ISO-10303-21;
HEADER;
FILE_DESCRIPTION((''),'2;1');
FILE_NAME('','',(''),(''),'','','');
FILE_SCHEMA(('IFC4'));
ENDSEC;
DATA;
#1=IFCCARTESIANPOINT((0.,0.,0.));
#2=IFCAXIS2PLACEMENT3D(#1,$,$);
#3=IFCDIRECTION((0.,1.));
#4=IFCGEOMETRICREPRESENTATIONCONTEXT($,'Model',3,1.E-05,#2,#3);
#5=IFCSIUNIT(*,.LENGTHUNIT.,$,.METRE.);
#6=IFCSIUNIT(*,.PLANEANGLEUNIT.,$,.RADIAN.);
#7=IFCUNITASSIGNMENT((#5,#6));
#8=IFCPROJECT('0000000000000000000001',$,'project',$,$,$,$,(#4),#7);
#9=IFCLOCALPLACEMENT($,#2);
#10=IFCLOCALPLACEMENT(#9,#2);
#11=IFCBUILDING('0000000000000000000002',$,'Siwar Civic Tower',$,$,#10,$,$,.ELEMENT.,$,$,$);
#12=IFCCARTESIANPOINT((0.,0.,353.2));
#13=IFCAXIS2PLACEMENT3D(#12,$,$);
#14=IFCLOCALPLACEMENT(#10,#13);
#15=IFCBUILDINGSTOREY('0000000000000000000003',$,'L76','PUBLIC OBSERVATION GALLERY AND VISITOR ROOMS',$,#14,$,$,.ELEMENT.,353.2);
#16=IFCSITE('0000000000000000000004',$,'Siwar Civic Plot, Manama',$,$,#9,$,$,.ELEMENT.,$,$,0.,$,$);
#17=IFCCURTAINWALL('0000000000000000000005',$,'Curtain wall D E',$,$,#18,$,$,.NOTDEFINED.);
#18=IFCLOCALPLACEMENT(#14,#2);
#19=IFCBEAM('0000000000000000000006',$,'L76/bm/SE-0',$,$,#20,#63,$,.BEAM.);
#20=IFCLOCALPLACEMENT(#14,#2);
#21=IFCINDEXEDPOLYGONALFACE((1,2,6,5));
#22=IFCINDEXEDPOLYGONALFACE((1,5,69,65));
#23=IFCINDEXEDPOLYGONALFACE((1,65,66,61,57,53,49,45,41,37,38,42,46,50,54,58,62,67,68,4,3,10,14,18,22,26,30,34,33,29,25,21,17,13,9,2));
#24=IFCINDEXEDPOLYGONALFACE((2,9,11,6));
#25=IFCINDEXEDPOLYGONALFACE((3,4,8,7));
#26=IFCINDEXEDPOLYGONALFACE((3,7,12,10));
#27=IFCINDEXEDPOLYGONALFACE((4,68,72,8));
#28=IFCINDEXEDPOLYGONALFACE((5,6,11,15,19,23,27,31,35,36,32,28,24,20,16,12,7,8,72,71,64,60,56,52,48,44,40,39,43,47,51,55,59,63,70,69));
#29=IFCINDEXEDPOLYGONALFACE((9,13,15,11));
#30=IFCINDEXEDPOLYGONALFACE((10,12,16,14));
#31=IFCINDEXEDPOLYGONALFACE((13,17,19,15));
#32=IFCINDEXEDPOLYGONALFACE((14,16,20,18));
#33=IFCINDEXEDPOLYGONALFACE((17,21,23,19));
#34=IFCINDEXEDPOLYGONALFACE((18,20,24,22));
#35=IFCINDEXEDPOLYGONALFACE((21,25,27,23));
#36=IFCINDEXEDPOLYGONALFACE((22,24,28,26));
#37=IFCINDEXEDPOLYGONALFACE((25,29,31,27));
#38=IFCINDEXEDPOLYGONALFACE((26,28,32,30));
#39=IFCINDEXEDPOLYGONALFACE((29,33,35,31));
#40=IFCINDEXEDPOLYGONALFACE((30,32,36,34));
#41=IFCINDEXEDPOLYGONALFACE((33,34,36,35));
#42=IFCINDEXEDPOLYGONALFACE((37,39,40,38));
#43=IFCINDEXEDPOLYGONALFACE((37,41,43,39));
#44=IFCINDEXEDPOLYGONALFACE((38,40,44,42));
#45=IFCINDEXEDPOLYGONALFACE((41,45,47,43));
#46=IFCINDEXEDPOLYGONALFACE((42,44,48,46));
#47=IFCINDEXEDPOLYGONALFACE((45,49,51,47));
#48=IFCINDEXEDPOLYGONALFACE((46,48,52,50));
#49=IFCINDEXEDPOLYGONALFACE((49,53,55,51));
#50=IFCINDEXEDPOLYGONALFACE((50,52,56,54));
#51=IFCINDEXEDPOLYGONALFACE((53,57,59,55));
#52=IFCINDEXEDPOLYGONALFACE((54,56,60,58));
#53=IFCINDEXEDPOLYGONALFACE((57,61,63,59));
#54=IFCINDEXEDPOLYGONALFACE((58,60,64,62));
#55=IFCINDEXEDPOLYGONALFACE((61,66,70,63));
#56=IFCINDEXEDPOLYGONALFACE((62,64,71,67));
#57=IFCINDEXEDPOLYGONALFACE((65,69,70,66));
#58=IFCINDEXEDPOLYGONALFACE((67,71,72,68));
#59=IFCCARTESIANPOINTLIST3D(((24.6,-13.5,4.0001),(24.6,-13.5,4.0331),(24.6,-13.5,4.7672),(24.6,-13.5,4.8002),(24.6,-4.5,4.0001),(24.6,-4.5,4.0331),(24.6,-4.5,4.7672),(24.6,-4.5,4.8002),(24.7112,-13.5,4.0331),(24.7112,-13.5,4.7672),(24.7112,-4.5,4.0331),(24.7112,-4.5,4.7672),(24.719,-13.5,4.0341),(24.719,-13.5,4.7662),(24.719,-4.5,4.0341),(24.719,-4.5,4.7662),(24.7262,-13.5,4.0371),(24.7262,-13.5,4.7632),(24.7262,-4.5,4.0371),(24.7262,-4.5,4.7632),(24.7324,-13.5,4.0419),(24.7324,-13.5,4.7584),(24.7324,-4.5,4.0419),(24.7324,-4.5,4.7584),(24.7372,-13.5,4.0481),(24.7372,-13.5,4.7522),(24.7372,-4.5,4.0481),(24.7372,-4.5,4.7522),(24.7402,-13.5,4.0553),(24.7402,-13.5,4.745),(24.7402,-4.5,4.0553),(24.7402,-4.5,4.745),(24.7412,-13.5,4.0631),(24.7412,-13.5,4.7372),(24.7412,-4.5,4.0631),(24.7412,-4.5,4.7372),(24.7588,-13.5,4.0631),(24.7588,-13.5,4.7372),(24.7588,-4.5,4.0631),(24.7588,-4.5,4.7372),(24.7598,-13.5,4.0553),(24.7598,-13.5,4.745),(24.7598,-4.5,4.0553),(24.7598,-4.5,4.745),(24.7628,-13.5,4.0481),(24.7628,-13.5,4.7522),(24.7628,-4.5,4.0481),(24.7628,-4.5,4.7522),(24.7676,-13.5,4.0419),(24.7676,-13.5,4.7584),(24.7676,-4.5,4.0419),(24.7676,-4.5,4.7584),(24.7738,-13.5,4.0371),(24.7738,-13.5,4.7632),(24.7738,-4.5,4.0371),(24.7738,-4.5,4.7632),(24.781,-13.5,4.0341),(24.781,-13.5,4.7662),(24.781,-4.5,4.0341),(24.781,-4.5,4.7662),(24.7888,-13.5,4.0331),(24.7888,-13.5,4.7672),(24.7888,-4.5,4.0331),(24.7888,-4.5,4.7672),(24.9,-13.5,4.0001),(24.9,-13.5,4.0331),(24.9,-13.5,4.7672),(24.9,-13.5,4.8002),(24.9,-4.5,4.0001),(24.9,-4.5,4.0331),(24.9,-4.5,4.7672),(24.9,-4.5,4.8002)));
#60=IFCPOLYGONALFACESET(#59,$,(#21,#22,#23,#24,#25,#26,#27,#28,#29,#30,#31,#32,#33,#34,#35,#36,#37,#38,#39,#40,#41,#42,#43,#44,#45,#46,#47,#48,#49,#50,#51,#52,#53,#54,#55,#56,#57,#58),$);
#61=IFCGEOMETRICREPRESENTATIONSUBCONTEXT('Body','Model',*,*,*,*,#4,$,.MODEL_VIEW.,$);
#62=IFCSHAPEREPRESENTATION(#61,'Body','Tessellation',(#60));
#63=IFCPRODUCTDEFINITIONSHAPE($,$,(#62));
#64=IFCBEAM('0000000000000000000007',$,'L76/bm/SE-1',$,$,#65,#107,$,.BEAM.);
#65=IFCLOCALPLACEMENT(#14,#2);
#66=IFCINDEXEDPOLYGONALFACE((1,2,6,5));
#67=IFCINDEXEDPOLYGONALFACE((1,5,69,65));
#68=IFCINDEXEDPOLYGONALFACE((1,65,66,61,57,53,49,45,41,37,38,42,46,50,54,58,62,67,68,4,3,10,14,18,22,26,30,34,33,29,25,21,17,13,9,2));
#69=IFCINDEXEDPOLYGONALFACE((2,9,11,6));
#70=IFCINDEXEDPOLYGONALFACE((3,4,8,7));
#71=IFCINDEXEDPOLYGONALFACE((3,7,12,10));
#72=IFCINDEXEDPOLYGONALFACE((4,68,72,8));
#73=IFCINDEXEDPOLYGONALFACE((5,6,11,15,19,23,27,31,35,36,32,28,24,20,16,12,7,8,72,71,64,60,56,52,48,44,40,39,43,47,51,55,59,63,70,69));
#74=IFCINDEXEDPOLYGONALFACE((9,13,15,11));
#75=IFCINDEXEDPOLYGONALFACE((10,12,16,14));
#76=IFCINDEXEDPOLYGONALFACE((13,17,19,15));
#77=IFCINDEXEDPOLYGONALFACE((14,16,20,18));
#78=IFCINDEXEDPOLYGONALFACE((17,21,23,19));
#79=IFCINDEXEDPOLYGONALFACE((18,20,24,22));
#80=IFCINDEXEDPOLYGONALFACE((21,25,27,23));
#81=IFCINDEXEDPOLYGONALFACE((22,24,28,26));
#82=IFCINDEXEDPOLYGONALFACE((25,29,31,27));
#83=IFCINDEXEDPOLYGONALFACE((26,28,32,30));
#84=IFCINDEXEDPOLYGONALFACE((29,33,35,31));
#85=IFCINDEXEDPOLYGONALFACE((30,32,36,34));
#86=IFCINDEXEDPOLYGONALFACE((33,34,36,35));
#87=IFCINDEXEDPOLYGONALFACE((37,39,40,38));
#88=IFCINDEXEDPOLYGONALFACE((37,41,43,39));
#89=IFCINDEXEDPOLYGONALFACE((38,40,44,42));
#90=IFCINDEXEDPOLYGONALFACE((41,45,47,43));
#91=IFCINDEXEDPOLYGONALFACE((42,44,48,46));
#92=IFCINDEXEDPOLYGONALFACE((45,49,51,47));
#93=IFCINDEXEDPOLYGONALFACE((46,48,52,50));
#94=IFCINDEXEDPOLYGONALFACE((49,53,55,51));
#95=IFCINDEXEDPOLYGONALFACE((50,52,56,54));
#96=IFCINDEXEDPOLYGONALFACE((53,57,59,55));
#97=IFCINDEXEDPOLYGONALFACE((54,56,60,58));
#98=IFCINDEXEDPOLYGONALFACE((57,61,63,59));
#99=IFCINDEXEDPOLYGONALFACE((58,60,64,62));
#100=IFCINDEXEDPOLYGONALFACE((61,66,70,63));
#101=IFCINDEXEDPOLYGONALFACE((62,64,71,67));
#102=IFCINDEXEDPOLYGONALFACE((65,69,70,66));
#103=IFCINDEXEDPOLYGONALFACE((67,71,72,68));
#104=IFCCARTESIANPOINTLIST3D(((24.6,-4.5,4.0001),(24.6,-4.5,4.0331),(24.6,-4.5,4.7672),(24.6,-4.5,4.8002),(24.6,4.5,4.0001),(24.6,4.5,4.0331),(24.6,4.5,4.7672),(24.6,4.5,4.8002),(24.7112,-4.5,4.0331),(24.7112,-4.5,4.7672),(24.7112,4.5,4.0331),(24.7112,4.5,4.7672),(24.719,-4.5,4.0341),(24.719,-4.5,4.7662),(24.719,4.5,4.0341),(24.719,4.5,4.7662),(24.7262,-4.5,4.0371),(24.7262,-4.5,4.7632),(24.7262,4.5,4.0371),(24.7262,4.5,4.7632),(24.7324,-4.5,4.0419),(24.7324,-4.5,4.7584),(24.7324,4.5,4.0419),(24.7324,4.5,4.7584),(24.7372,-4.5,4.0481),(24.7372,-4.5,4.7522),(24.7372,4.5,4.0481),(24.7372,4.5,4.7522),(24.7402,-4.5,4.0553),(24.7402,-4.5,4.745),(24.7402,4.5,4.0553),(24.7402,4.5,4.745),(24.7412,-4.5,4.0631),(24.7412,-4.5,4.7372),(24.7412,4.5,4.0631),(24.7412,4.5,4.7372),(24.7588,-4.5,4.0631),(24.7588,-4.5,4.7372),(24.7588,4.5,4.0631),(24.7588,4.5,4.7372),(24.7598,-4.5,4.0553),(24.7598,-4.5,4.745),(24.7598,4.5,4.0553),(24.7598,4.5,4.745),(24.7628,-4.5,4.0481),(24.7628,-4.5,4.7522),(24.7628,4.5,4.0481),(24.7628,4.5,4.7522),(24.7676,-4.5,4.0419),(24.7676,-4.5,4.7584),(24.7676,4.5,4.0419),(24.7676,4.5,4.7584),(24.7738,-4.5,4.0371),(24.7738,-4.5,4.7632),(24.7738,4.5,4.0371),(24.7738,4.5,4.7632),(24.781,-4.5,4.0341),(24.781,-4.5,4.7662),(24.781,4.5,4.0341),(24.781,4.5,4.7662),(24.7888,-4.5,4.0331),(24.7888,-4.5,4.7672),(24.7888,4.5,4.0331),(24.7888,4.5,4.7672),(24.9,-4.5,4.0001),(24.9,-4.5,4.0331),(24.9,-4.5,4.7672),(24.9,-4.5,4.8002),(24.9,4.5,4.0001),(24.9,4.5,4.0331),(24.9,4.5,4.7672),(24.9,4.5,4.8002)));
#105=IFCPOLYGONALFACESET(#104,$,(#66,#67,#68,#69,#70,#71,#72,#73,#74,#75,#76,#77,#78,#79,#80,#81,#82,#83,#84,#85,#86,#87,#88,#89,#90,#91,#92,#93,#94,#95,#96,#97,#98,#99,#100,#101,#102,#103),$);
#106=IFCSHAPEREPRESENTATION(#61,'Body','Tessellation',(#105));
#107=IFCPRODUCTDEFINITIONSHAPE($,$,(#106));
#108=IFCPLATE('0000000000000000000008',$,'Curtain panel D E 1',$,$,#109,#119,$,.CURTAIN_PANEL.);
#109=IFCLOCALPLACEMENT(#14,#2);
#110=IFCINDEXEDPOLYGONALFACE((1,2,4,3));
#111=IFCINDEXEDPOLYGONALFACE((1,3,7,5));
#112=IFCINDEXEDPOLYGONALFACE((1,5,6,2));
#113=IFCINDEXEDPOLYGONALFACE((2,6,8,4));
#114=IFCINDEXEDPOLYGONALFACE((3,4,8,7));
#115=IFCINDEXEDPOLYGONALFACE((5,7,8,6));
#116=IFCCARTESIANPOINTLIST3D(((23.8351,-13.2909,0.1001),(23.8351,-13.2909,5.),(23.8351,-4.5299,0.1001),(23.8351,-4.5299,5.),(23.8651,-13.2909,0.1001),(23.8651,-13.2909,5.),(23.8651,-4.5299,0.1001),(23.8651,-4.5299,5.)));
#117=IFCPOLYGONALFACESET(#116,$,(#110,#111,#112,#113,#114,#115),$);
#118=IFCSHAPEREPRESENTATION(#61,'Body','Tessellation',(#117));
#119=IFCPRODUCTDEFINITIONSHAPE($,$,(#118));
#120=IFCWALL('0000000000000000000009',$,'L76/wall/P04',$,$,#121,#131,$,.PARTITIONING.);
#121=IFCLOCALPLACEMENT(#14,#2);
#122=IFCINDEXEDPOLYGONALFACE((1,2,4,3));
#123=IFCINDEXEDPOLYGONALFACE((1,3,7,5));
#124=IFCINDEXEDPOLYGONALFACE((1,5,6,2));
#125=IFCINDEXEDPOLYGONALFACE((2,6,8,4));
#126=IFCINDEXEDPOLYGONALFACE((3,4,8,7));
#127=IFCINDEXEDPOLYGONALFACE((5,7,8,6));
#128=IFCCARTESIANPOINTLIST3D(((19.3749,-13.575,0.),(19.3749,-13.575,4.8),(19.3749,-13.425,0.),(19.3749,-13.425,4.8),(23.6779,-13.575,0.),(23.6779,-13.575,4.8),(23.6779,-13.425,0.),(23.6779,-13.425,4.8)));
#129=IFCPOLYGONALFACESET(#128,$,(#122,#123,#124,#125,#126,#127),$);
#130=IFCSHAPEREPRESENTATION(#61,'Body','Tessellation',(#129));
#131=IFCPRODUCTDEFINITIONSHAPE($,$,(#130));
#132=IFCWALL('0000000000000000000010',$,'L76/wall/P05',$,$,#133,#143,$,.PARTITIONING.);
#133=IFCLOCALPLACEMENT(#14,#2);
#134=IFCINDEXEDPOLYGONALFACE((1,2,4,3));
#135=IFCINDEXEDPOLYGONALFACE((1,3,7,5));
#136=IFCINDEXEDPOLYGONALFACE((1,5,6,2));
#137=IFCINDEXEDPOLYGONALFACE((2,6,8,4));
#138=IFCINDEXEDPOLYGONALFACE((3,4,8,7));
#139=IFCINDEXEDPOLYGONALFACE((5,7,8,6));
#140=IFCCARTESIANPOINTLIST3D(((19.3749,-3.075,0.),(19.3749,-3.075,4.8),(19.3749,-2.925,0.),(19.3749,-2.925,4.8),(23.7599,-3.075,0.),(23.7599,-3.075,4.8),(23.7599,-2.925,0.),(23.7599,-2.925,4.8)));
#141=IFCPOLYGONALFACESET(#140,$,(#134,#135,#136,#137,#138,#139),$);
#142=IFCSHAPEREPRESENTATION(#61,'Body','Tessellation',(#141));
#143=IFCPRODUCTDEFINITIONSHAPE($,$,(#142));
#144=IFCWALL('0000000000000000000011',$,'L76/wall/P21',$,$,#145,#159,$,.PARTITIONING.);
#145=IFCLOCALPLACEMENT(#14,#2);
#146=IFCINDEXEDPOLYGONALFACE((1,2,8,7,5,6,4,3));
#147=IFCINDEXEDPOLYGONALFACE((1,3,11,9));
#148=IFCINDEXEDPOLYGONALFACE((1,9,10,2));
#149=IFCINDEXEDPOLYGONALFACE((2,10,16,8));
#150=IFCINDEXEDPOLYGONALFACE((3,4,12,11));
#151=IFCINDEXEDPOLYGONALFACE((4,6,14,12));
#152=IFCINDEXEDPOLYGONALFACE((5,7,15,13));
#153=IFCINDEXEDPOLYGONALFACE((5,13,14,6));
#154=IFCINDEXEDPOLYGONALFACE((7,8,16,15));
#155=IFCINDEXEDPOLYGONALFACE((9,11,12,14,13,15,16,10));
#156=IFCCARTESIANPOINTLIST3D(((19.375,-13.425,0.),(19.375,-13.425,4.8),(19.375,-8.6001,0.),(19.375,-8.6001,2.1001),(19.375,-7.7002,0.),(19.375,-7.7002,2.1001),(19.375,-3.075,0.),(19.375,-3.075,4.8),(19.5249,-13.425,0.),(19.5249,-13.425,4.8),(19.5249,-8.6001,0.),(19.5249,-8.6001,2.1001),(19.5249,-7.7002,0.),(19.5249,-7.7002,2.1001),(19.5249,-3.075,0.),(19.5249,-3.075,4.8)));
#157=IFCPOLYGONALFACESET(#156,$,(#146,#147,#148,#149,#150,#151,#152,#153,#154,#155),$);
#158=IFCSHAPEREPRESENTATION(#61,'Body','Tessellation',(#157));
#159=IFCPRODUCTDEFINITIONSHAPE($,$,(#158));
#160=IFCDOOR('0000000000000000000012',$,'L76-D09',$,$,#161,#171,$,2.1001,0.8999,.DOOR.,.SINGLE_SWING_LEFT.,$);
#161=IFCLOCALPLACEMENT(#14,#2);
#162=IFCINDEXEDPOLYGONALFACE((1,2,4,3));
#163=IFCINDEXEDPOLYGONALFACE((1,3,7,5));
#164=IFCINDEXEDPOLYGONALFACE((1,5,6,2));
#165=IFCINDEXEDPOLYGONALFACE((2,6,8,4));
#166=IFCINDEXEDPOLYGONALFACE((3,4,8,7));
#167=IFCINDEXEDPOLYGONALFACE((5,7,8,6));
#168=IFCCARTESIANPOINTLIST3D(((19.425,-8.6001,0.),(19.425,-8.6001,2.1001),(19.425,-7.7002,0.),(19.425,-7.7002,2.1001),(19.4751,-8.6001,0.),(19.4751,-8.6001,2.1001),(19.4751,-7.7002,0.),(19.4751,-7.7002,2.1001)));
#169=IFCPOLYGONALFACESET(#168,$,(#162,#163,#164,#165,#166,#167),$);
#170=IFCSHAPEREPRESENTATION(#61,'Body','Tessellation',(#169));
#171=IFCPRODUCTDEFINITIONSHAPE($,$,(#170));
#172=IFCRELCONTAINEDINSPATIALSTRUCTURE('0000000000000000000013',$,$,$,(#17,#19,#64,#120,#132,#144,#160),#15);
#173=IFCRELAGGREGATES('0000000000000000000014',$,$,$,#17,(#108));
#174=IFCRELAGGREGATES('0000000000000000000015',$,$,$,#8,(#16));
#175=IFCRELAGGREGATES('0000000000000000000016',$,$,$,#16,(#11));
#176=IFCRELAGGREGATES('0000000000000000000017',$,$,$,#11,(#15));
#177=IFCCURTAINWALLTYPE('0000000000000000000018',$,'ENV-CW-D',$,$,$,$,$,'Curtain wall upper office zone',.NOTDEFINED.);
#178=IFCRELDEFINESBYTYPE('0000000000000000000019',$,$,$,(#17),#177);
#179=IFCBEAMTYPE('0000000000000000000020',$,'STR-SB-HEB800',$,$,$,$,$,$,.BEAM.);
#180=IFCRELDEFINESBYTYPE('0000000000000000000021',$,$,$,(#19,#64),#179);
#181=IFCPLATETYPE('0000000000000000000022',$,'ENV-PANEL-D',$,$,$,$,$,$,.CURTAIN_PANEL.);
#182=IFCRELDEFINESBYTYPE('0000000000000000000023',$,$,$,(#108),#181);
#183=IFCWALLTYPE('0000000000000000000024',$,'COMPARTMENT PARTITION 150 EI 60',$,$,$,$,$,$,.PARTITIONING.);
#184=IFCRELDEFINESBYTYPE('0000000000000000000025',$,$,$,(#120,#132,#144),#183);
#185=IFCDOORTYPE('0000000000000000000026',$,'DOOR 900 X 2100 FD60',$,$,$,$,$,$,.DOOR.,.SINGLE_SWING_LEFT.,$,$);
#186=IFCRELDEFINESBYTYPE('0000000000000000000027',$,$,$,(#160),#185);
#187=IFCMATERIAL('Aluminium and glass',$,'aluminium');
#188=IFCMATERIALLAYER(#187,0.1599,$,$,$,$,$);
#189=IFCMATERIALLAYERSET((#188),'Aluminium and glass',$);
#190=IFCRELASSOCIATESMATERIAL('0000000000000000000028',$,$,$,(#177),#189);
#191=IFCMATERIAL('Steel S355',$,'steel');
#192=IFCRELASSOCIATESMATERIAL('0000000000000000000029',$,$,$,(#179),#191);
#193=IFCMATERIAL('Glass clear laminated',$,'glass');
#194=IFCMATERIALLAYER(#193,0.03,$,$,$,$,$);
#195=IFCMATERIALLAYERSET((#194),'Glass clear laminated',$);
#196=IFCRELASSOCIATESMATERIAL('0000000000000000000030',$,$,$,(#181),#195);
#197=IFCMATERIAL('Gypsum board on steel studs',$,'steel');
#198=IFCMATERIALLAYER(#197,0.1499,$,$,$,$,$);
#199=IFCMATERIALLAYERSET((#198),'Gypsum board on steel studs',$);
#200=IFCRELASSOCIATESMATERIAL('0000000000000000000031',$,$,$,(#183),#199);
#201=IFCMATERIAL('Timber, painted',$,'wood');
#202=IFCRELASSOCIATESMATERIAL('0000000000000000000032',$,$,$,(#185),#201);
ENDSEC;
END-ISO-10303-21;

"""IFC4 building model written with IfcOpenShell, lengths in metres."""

from ifc_helpers import new_model, si_unit, direction, frame, frame_2d, origin, origin_2d, place, context, subcontext, project, spatial, rectangle, i_section, extrude, material, layer, layer_set, material_profile, profile_set, type_object, element, fill, aggregate, save


model = new_model("IFC4")

# Units and contexts
model_context = context("Model", 3, precision=1e-05, world=origin(), true_north=direction((0.0, 1.0)))
body_context = subcontext(model_context, "Body", "Model", "MODEL_VIEW")
ifc_project = project(units=[si_unit("LENGTHUNIT", "METRE"), si_unit("PLANEANGLEUNIT", "RADIAN")], contexts=[model_context])

# Site, building, storey
site_placement = place(None, origin())
site = spatial("IfcSite", under=ifc_project, at=site_placement, Name="Siwar Civic Plot, Manama", CompositionType="ELEMENT", RefElevation=0.0)
building_placement = place(site_placement, origin())
building = spatial("IfcBuilding", under=site, at=building_placement, Name="Siwar Civic Tower", CompositionType="ELEMENT")
storey_placement = place(building_placement, frame((0.0, 0.0, 353.2)))
storey = spatial("IfcBuildingStorey", under=building, at=storey_placement, Name="L76", Description="PUBLIC OBSERVATION GALLERY AND VISITOR ROOMS", CompositionType="ELEMENT", Elevation=353.2)

# Curtain wall
ifc_material_1 = material(Name="Aluminium and glass", Category="aluminium")
ifc_layer_1 = layer(ifc_material_1, 0.1599)
ifc_layer_set_1 = layer_set([ifc_layer_1], Name="Aluminium and glass")
curtain_wall_type = type_object("IfcCurtainWallType", Name="ENV-CW-D", ElementType="Curtain wall upper office zone", PredefinedType="NOTDEFINED", material=ifc_layer_set_1)
curtain_wall_placement = place(storey_placement, origin())
curtain_wall = element("IfcCurtainWall", 1, at=curtain_wall_placement, inside=storey, type_object=curtain_wall_type, Name="Curtain wall D E", PredefinedType="NOTDEFINED")

# Beams
ifc_material_2 = material(Name="Steel S355", Category="steel")
ifc_material_profile_1 = material_profile(ifc_material_2, i_section(OverallWidth=0.3, OverallDepth=0.8, WebThickness=0.0176, FlangeThickness=0.033, FilletRadius=0.03, at=origin_2d()), Name="HEB800")
ifc_profile_set_1 = profile_set([ifc_material_profile_1], Name="Steel S355")
beam_type_1 = type_object("IfcBeamType", Name="STR-SB-HEB800", PredefinedType="BEAM", material=ifc_profile_set_1)
for number, where, z_axis, x_axis, name in (
    (2, (24.75, -13.5, 4.4001), (0.0, 1.0, 0.0), (-1.0, 0.0, 0.0), "L76/bm/SE-0"),
    (3, (24.75, -4.5, 4.4001), (0.0, 1.0, 0.0), (-1.0, 0.0, 0.0), "L76/bm/SE-1"),
):
    element("IfcBeam", number, at=place(storey_placement, frame(where, z_axis=z_axis, x_axis=x_axis)), inside=storey, type_object=beam_type_1, Name=name, PredefinedType="BEAM", context=body_context, shape_type="SweptSolid", body=[
        extrude(i_section(OverallWidth=0.3, OverallDepth=0.8, WebThickness=0.0176, FlangeThickness=0.033, FilletRadius=0.03, at=origin_2d()), origin(), (0.0, 0.0, 1.0), 9.0),
    ])

# Plate
ifc_material_3 = material(Name="Glass clear laminated", Category="glass")
ifc_layer_2 = layer(ifc_material_3, 0.03)
ifc_layer_set_2 = layer_set([ifc_layer_2], Name="Glass clear laminated")
plate_type = type_object("IfcPlateType", Name="ENV-PANEL-D", PredefinedType="CURTAIN_PANEL", material=ifc_layer_set_2)
plate_placement = place(storey_placement, frame((23.8501, -8.9104, 0.1001), z_axis=(0.0, 0.0, 1.0), x_axis=(0.0, 1.0, 0.0)))
plate = element("IfcPlate", 4, at=plate_placement, type_object=plate_type, Name="Curtain panel D E 1", PredefinedType="CURTAIN_PANEL", context=body_context, shape_type="SweptSolid", body=[
    extrude(rectangle(XDim=8.761, YDim=0.03, at=origin_2d()), origin(), (0.0, 0.0, 1.0), 4.8999),
])
aggregate(curtain_wall, [plate])

# Walls
ifc_material_4 = material(Name="Gypsum board on steel studs", Category="steel")
ifc_layer_3 = layer(ifc_material_4, 0.1499)
ifc_layer_set_3 = layer_set([ifc_layer_3], Name="Gypsum board on steel studs")
wall_type_1 = type_object("IfcWallType", Name="COMPARTMENT PARTITION 150 EI 60", PredefinedType="PARTITIONING", material=ifc_layer_set_3)
wall_1_placement = place(storey_placement, frame((19.375, -13.5, 0.0), z_axis=(0.0, 0.0, 1.0), x_axis=(1.0, 0.0, 0.0)))
element("IfcWall", 5, at=wall_1_placement, inside=storey, type_object=wall_type_1, Name="L76/wall/P04", PredefinedType="PARTITIONING", context=body_context, shape_type="SweptSolid", body=[
    extrude(rectangle(XDim=4.303, YDim=0.1499, at=frame_2d((2.1514, 0.0))), origin(), (0.0, 0.0, 1.0), 4.8),
])
wall_2_placement = place(storey_placement, frame((19.375, -3.0, 0.0), z_axis=(0.0, 0.0, 1.0), x_axis=(1.0, 0.0, 0.0)))
element("IfcWall", 6, at=wall_2_placement, inside=storey, type_object=wall_type_1, Name="L76/wall/P05", PredefinedType="PARTITIONING", context=body_context, shape_type="SweptSolid", body=[
    extrude(rectangle(XDim=4.385, YDim=0.1499, at=frame_2d((2.1924, 0.0))), origin(), (0.0, 0.0, 1.0), 4.8),
])

# Wall, opening, door
wall_3_placement = place(storey_placement, frame((19.45, -13.425, 0.0), z_axis=(0.0, 0.0, 1.0), x_axis=(0.0, 1.0, 0.0)))
wall_3 = element("IfcWall", 7, at=wall_3_placement, inside=storey, type_object=wall_type_1, Name="L76/wall/P21", PredefinedType="PARTITIONING", context=body_context, shape_type="SweptSolid", body=[
    extrude(rectangle(XDim=10.3501, YDim=0.1499, at=frame_2d((5.175, 0.0))), origin(), (0.0, 0.0, 1.0), 4.8),
])
opening_1_placement = place(wall_3_placement, frame((4.825, 0.0, 0.0)))
opening_1 = element("IfcOpeningElement", 8, at=opening_1_placement, cuts=wall_3, PredefinedType="OPENING", context=body_context, shape_type="SweptSolid", body=[
    extrude(rectangle(XDim=0.8999, YDim=2.1001, at=frame_2d((0.45, 1.05))), frame((0.0, 0.085, 0.0), z_axis=(0.0, -1.0, 0.0), x_axis=(1.0, 0.0, 0.0)), (0.0, 0.0, 1.0), 0.1699),
])
ifc_material_5 = material(Name="Timber, painted", Category="wood")
door_type_1 = type_object("IfcDoorType", Name="DOOR 900 X 2100 FD60", OperationType="SINGLE_SWING_LEFT", PredefinedType="DOOR", material=ifc_material_5)
door_1_placement = place(opening_1_placement, origin())
door_1 = element("IfcDoor", 9, at=door_1_placement, inside=storey, type_object=door_type_1, Name="L76-D09", OperationType="SINGLE_SWING_LEFT", OverallHeight=2.1001, OverallWidth=0.8999, PredefinedType="DOOR", context=body_context, shape_type="SweptSolid", body=[
    extrude(rectangle(XDim=0.8999, YDim=2.1001, at=frame_2d((0.45, 1.05))), frame((0.0, 0.0249, 0.0), z_axis=(0.0, -1.0, 0.0), x_axis=(1.0, 0.0, 0.0)), (0.0, 0.0, 1.0), 0.05),
])
fill(opening_1, door_1)

save(model, "model.ifc")
